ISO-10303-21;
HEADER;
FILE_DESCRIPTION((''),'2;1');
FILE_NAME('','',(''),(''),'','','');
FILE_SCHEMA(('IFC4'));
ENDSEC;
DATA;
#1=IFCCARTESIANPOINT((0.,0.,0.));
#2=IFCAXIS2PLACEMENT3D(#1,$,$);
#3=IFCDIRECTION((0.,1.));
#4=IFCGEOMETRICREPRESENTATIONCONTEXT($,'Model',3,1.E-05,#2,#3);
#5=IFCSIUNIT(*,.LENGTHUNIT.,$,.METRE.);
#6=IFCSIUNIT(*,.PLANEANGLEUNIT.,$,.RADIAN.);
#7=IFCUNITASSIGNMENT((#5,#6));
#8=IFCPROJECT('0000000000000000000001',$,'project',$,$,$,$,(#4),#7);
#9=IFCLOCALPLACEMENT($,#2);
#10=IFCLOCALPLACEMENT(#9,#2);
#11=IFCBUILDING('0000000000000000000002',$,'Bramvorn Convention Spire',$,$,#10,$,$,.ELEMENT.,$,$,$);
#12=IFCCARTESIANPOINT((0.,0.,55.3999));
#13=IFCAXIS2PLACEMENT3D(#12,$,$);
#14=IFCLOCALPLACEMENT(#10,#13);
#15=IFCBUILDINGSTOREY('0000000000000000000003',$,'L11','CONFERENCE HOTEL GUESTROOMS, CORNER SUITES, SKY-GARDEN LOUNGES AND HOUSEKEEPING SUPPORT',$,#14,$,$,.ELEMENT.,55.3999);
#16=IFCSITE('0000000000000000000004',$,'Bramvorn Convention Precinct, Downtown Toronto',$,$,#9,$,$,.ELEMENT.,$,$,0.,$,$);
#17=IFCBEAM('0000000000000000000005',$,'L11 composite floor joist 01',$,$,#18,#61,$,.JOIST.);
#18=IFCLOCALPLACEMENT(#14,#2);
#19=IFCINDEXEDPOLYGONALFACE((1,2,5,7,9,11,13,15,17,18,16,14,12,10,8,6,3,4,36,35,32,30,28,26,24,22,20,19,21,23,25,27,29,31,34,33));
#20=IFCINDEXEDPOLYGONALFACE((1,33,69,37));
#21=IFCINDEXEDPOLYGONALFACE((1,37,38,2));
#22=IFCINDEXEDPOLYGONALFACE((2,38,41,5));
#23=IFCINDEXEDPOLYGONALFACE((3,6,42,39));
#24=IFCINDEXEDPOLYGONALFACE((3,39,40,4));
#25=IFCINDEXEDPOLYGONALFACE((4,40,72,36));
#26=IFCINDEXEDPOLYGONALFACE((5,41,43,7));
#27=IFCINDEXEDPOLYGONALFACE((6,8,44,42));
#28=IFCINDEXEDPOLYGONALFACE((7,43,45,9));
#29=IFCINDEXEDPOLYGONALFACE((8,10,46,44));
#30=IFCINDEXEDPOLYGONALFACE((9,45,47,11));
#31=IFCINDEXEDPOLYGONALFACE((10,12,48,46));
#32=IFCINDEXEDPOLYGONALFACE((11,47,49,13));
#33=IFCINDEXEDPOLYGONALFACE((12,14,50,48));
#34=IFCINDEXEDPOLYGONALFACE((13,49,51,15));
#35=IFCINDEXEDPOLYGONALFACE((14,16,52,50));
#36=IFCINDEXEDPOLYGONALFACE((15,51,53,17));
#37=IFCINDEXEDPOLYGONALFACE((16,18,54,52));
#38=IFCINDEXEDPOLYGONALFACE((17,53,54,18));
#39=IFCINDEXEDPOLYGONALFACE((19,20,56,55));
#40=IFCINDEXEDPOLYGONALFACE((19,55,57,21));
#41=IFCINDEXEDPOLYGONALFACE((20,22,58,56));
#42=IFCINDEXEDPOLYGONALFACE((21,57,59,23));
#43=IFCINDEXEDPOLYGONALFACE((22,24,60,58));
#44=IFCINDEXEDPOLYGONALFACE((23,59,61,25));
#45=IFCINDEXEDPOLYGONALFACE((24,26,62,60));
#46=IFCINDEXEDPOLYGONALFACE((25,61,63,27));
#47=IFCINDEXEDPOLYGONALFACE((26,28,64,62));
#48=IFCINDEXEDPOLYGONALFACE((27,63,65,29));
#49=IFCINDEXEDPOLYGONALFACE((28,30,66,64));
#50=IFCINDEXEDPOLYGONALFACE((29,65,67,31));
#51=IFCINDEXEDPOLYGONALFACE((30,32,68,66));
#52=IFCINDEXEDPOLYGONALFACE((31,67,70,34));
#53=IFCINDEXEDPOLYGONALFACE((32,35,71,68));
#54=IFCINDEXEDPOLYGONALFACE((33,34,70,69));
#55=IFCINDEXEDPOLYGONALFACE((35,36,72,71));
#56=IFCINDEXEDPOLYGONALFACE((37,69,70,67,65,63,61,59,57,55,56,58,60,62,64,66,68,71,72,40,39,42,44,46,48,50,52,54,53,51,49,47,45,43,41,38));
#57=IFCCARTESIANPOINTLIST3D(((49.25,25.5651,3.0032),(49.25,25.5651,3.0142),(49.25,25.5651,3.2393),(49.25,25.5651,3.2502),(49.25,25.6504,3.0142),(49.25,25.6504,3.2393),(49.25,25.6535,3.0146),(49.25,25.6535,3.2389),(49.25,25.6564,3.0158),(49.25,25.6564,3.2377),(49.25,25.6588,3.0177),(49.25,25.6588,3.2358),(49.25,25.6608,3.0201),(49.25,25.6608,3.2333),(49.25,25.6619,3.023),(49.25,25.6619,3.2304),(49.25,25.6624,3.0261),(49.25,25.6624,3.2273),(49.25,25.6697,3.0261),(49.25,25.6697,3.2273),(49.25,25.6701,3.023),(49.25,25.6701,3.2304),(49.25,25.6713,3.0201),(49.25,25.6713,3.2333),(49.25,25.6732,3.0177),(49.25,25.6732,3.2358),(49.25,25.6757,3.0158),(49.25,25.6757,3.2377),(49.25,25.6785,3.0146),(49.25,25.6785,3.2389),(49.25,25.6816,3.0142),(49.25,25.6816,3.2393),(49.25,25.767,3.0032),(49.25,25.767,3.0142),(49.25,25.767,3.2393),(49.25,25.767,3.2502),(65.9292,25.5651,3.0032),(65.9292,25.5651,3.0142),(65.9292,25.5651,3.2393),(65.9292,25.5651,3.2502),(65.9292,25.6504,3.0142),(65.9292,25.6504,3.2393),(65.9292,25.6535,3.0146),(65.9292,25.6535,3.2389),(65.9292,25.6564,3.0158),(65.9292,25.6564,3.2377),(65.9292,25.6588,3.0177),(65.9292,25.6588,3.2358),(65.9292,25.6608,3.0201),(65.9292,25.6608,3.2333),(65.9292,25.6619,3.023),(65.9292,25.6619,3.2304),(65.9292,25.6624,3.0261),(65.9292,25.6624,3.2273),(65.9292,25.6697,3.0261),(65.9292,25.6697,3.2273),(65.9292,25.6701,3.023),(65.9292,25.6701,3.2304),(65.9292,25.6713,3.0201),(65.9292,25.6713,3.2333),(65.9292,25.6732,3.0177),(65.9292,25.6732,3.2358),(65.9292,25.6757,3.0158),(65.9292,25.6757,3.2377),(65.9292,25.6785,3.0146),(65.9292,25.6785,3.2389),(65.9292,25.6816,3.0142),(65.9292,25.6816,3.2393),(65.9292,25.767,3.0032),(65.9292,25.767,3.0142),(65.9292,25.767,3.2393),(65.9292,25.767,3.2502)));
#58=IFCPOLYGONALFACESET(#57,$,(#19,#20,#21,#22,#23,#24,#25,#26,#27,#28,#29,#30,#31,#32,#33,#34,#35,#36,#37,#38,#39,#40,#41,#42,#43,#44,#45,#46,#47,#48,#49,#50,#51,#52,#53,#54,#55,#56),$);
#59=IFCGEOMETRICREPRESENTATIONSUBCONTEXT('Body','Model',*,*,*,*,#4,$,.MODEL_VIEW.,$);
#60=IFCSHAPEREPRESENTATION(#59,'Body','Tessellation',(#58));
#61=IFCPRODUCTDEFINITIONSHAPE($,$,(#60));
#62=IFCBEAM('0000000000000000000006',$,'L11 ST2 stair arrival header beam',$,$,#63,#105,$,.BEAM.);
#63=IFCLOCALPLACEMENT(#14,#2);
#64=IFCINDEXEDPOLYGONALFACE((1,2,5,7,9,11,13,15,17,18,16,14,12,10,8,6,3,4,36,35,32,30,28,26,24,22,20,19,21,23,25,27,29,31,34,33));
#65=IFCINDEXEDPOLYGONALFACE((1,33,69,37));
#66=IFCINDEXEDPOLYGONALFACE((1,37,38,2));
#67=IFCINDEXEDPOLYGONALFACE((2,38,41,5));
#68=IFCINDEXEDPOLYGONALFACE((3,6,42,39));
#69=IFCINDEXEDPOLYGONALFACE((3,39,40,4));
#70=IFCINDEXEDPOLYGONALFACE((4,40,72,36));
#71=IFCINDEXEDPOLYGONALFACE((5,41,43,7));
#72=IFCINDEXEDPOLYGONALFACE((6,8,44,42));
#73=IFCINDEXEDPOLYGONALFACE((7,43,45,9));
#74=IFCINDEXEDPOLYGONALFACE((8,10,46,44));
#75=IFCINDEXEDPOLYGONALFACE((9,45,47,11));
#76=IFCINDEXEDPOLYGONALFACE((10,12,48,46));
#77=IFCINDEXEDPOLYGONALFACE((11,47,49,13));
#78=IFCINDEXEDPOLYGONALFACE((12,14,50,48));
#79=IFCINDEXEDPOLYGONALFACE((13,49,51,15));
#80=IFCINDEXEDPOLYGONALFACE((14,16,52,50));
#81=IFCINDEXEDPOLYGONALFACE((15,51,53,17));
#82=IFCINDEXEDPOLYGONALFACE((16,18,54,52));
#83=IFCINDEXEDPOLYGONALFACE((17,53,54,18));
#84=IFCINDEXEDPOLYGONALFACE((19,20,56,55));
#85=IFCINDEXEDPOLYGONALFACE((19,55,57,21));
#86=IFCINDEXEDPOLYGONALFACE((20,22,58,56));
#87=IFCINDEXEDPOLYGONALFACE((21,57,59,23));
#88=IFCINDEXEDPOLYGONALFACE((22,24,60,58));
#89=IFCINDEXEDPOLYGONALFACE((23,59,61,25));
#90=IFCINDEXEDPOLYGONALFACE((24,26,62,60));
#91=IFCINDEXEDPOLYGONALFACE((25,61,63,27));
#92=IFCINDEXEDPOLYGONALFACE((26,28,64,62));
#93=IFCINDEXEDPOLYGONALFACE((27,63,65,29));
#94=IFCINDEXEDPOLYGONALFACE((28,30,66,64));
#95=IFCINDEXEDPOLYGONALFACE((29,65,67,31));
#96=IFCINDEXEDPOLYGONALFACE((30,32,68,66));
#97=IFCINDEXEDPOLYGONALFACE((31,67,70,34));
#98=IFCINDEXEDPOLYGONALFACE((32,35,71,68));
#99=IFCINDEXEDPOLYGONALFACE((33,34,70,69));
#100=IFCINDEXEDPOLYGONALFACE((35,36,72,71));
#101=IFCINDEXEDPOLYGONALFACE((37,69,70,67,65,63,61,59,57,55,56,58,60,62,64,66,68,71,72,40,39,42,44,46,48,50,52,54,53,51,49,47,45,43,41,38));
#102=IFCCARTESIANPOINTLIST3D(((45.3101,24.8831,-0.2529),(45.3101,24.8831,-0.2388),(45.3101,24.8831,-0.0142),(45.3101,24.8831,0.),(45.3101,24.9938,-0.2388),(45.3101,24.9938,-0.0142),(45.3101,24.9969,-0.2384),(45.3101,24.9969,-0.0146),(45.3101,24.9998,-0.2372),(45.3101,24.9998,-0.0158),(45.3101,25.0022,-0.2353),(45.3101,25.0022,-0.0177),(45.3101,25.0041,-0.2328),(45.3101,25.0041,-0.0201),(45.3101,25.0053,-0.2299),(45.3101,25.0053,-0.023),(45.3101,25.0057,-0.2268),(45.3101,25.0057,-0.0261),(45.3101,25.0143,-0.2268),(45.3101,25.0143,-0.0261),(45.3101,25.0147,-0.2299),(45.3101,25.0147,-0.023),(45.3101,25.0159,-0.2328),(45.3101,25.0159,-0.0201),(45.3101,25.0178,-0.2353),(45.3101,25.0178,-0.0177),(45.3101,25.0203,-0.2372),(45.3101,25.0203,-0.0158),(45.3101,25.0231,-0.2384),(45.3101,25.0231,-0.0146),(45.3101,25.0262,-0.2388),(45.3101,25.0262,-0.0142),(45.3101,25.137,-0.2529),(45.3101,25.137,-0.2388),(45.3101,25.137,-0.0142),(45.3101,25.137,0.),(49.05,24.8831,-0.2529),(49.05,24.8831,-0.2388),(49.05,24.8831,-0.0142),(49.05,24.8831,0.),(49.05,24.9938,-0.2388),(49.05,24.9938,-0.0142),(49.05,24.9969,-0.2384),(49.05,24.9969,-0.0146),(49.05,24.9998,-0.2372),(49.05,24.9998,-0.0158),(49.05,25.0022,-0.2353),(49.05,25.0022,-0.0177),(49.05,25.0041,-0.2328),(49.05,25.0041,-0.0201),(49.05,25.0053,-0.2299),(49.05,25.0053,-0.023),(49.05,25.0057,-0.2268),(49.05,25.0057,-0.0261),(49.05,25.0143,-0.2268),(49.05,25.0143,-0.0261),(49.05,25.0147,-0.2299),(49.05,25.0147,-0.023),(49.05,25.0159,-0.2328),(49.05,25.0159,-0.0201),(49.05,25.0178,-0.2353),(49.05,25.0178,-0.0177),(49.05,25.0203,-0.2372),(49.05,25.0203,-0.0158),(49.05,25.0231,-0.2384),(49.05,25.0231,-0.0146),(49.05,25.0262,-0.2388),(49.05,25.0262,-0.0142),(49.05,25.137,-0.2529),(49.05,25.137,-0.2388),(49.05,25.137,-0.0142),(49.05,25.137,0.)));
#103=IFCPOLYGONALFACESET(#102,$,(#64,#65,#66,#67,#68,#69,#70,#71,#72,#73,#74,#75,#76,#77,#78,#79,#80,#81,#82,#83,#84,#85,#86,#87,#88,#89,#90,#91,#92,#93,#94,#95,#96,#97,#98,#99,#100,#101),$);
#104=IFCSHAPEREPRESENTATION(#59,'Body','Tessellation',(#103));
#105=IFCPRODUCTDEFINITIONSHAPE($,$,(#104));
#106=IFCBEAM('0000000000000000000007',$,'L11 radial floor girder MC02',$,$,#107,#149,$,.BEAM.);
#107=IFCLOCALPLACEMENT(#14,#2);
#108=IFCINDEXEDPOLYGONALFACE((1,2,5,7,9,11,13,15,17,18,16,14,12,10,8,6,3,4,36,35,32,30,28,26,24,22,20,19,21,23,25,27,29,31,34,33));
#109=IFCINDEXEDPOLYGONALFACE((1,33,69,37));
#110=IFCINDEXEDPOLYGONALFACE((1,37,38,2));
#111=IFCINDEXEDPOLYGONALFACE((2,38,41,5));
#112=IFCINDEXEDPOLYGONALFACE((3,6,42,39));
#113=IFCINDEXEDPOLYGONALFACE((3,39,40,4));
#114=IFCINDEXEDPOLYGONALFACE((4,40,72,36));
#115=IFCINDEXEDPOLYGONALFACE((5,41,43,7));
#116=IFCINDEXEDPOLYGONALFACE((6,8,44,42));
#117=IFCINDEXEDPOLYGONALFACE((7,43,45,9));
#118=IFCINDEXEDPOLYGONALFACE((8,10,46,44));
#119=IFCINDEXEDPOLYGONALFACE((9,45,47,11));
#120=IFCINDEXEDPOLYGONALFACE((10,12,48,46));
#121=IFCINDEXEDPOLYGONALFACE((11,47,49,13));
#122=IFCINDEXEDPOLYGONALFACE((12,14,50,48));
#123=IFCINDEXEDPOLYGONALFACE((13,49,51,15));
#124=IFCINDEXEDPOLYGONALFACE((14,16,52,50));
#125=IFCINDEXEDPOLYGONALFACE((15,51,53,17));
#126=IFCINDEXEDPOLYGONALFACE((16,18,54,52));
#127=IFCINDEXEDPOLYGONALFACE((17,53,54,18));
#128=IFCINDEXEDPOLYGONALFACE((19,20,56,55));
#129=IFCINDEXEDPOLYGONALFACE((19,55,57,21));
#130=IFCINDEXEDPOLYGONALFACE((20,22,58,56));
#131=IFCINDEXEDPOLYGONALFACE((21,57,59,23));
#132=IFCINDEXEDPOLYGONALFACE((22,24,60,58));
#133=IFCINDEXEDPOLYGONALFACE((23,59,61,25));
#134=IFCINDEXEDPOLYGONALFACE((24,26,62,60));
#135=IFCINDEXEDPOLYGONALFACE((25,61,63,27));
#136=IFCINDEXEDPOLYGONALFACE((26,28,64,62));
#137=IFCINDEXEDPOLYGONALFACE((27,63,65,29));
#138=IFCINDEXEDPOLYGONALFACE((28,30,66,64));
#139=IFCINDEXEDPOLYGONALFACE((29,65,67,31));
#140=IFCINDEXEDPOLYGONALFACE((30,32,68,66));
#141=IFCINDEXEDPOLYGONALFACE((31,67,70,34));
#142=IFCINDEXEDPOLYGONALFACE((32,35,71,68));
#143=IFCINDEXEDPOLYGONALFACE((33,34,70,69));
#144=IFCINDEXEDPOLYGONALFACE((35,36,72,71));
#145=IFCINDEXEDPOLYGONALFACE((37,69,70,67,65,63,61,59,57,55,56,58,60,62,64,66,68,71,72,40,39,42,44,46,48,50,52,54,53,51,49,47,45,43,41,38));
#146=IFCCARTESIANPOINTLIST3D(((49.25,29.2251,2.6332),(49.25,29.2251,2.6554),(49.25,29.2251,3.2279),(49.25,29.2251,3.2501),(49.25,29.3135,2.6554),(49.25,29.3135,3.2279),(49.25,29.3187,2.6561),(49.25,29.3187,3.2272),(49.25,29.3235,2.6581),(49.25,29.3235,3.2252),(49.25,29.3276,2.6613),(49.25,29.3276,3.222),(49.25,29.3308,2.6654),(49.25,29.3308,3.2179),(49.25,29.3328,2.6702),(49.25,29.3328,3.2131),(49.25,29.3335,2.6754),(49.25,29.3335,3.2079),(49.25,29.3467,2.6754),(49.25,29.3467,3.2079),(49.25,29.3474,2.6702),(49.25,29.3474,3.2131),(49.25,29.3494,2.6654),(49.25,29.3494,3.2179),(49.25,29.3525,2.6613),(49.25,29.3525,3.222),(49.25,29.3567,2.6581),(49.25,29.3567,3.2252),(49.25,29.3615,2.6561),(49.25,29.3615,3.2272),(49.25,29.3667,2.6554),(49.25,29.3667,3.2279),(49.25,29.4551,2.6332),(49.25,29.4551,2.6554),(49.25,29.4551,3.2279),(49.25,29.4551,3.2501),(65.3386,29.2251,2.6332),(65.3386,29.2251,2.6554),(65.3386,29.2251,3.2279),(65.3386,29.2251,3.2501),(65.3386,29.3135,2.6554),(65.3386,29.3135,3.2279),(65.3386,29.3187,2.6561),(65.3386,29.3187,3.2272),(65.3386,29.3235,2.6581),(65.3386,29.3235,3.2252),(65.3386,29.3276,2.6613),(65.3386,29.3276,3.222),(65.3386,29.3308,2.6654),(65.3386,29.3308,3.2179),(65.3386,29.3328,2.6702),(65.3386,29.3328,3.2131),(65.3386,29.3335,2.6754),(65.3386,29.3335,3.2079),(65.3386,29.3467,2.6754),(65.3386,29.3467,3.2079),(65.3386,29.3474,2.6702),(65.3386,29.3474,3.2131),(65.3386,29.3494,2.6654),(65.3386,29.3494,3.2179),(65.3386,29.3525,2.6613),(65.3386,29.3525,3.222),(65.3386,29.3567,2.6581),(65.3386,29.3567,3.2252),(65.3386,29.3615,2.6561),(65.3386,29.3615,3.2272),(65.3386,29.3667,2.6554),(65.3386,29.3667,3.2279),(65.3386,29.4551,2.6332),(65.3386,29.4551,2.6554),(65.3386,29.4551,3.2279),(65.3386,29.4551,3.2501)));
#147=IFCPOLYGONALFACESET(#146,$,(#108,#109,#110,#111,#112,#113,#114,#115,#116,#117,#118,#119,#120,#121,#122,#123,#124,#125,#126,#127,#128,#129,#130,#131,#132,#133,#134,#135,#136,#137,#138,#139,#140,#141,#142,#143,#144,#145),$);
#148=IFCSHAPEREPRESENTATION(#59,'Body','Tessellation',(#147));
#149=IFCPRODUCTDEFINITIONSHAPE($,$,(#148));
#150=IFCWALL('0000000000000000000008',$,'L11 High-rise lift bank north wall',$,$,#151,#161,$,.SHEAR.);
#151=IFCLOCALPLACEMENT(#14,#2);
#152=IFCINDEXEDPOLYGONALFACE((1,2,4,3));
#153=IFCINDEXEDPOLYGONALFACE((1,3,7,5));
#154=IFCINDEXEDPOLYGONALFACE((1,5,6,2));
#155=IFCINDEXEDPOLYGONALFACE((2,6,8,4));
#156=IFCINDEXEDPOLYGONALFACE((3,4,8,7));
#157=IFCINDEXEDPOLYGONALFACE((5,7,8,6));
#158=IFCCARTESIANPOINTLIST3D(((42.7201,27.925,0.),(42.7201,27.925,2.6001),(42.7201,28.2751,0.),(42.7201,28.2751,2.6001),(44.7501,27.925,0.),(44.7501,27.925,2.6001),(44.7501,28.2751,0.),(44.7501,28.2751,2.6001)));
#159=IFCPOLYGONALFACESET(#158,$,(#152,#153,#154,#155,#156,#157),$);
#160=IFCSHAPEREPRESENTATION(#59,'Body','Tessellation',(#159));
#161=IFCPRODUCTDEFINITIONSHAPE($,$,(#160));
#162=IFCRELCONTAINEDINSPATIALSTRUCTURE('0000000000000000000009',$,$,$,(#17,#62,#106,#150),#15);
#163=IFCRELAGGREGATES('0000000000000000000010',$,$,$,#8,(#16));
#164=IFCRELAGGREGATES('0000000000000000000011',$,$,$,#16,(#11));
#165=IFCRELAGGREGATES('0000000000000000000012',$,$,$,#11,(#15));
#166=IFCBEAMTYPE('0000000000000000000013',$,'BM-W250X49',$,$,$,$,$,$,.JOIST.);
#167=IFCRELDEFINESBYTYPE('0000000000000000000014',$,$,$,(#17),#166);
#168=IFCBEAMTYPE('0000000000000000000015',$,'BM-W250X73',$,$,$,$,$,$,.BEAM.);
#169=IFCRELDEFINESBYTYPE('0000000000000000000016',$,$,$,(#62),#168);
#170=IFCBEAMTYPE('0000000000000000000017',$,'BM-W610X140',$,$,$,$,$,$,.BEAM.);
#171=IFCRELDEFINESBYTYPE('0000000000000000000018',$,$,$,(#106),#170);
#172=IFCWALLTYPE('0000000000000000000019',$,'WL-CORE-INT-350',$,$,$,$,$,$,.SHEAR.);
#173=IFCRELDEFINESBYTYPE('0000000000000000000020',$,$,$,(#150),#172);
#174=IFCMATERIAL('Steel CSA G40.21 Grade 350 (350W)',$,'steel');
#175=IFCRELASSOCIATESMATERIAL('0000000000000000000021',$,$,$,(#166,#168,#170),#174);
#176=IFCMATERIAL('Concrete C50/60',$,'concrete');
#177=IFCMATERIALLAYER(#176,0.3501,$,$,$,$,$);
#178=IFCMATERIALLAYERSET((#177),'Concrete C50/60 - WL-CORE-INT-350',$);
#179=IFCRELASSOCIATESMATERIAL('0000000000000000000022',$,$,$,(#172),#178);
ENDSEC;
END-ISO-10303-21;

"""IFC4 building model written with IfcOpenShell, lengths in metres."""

from ifc_helpers import new_model, si_unit, direction, frame, frame_2d, origin, origin_2d, place, context, subcontext, project, spatial, rectangle, i_section, extrude, material, layer, layer_set, material_profile, profile_set, type_object, element, save


model = new_model("IFC4")

# Units and contexts
model_context = context("Model", 3, precision=1e-05, world=origin(), true_north=direction((0.0, 1.0)))
body_context = subcontext(model_context, "Body", "Model", "MODEL_VIEW")
ifc_project = project(units=[si_unit("LENGTHUNIT", "METRE"), si_unit("PLANEANGLEUNIT", "RADIAN")], contexts=[model_context])

# Site, building, storey
site_placement = place(None, origin())
site = spatial("IfcSite", under=ifc_project, at=site_placement, Name="Bramvorn Convention Precinct, Downtown Toronto", CompositionType="ELEMENT", RefElevation=0.0)
building_placement = place(site_placement, origin())
building = spatial("IfcBuilding", under=site, at=building_placement, Name="Bramvorn Convention Spire", CompositionType="ELEMENT")
storey_placement = place(building_placement, frame((0.0, 0.0, 55.3999)))
storey = spatial("IfcBuildingStorey", under=building, at=storey_placement, Name="L11", Description="CONFERENCE HOTEL GUESTROOMS, CORNER SUITES, SKY-GARDEN LOUNGES AND HOUSEKEEPING SUPPORT", CompositionType="ELEMENT", Elevation=55.3999)

# Beams
ifc_material_1 = material(Name="Steel CSA G40.21 Grade 350 (350W)", Category="steel")
ifc_material_profile_1 = material_profile(ifc_material_1, i_section(OverallWidth=0.2019, OverallDepth=0.2471, WebThickness=0.0073, FlangeThickness=0.011, FilletRadius=0.012, at=origin_2d()))
ifc_profile_set_1 = profile_set([ifc_material_profile_1], Name="Steel CSA G40.21 Grade 350 (350W) - W250X49")
beam_type_1 = type_object("IfcBeamType", Name="BM-W250X49", PredefinedType="JOIST", material=ifc_profile_set_1)
beam_1_placement = place(storey_placement, frame((49.25, 25.666, 3.1267), z_axis=(1.0, 0.0, 0.0), x_axis=(0.0, 1.0, 0.0)))
element("IfcBeam", 1, at=beam_1_placement, inside=storey, type_object=beam_type_1, Name="L11 composite floor joist 01", PredefinedType="JOIST", context=body_context, shape_type="SweptSolid", body=[
    extrude(i_section(OverallWidth=0.2019, OverallDepth=0.2471, WebThickness=0.0073, FlangeThickness=0.011, FilletRadius=0.012, at=origin_2d()), origin(), (0.0, 0.0, 1.0), 16.6792),
])
ifc_material_profile_2 = material_profile(ifc_material_1, i_section(OverallWidth=0.2539, OverallDepth=0.2529, WebThickness=0.0085, FlangeThickness=0.0142, FilletRadius=0.012, at=origin_2d()))
ifc_profile_set_2 = profile_set([ifc_material_profile_2], Name="Steel CSA G40.21 Grade 350 (350W) - W250X73")
beam_type_2 = type_object("IfcBeamType", Name="BM-W250X73", PredefinedType="BEAM", material=ifc_profile_set_2)
beam_2_placement = place(storey_placement, frame((45.3101, 25.01, -0.1265), z_axis=(1.0, 0.0, 0.0), x_axis=(0.0, 1.0, 0.0)))
element("IfcBeam", 2, at=beam_2_placement, inside=storey, type_object=beam_type_2, Name="L11 ST2 stair arrival header beam", PredefinedType="BEAM", context=body_context, shape_type="SweptSolid", body=[
    extrude(i_section(OverallWidth=0.2539, OverallDepth=0.2529, WebThickness=0.0085, FlangeThickness=0.0142, FilletRadius=0.012, at=origin_2d()), origin(), (0.0, 0.0, 1.0), 3.74),
])
ifc_material_profile_3 = material_profile(ifc_material_1, i_section(OverallWidth=0.23, OverallDepth=0.6169, WebThickness=0.0132, FlangeThickness=0.0222, FilletRadius=0.02, at=origin_2d()))
ifc_profile_set_3 = profile_set([ifc_material_profile_3], Name="Steel CSA G40.21 Grade 350 (350W) - W610X140")
beam_type_3 = type_object("IfcBeamType", Name="BM-W610X140", PredefinedType="BEAM", material=ifc_profile_set_3)
beam_3_placement = place(storey_placement, frame((49.25, 29.3401, 2.9417), z_axis=(1.0, 0.0, 0.0), x_axis=(0.0, 1.0, 0.0)))
element("IfcBeam", 3, at=beam_3_placement, inside=storey, type_object=beam_type_3, Name="L11 radial floor girder MC02", PredefinedType="BEAM", context=body_context, shape_type="SweptSolid", body=[
    extrude(i_section(OverallWidth=0.23, OverallDepth=0.6169, WebThickness=0.0132, FlangeThickness=0.0222, FilletRadius=0.02, at=origin_2d()), origin(), (0.0, 0.0, 1.0), 16.0886),
])

# Wall
ifc_material_2 = material(Name="Concrete C50/60", Category="concrete")
ifc_layer_1 = layer(ifc_material_2, 0.3501)
ifc_layer_set_1 = layer_set([ifc_layer_1], Name="Concrete C50/60 - WL-CORE-INT-350")
wall_type_1 = type_object("IfcWallType", Name="WL-CORE-INT-350", PredefinedType="SHEAR", material=ifc_layer_set_1)
wall_1_placement = place(storey_placement, frame((42.72, 28.1001, 0.0), z_axis=(0.0, 0.0, 1.0), x_axis=(1.0, 0.0, 0.0)))
element("IfcWall", 4, at=wall_1_placement, inside=storey, type_object=wall_type_1, Name="L11 High-rise lift bank north wall", PredefinedType="SHEAR", context=body_context, shape_type="SweptSolid", body=[
    extrude(rectangle(XDim=2.03, YDim=0.3501, at=frame_2d((1.0151, 0.0))), origin(), (0.0, 0.0, 1.0), 2.6001),
])

save(model, "model.ifc")
